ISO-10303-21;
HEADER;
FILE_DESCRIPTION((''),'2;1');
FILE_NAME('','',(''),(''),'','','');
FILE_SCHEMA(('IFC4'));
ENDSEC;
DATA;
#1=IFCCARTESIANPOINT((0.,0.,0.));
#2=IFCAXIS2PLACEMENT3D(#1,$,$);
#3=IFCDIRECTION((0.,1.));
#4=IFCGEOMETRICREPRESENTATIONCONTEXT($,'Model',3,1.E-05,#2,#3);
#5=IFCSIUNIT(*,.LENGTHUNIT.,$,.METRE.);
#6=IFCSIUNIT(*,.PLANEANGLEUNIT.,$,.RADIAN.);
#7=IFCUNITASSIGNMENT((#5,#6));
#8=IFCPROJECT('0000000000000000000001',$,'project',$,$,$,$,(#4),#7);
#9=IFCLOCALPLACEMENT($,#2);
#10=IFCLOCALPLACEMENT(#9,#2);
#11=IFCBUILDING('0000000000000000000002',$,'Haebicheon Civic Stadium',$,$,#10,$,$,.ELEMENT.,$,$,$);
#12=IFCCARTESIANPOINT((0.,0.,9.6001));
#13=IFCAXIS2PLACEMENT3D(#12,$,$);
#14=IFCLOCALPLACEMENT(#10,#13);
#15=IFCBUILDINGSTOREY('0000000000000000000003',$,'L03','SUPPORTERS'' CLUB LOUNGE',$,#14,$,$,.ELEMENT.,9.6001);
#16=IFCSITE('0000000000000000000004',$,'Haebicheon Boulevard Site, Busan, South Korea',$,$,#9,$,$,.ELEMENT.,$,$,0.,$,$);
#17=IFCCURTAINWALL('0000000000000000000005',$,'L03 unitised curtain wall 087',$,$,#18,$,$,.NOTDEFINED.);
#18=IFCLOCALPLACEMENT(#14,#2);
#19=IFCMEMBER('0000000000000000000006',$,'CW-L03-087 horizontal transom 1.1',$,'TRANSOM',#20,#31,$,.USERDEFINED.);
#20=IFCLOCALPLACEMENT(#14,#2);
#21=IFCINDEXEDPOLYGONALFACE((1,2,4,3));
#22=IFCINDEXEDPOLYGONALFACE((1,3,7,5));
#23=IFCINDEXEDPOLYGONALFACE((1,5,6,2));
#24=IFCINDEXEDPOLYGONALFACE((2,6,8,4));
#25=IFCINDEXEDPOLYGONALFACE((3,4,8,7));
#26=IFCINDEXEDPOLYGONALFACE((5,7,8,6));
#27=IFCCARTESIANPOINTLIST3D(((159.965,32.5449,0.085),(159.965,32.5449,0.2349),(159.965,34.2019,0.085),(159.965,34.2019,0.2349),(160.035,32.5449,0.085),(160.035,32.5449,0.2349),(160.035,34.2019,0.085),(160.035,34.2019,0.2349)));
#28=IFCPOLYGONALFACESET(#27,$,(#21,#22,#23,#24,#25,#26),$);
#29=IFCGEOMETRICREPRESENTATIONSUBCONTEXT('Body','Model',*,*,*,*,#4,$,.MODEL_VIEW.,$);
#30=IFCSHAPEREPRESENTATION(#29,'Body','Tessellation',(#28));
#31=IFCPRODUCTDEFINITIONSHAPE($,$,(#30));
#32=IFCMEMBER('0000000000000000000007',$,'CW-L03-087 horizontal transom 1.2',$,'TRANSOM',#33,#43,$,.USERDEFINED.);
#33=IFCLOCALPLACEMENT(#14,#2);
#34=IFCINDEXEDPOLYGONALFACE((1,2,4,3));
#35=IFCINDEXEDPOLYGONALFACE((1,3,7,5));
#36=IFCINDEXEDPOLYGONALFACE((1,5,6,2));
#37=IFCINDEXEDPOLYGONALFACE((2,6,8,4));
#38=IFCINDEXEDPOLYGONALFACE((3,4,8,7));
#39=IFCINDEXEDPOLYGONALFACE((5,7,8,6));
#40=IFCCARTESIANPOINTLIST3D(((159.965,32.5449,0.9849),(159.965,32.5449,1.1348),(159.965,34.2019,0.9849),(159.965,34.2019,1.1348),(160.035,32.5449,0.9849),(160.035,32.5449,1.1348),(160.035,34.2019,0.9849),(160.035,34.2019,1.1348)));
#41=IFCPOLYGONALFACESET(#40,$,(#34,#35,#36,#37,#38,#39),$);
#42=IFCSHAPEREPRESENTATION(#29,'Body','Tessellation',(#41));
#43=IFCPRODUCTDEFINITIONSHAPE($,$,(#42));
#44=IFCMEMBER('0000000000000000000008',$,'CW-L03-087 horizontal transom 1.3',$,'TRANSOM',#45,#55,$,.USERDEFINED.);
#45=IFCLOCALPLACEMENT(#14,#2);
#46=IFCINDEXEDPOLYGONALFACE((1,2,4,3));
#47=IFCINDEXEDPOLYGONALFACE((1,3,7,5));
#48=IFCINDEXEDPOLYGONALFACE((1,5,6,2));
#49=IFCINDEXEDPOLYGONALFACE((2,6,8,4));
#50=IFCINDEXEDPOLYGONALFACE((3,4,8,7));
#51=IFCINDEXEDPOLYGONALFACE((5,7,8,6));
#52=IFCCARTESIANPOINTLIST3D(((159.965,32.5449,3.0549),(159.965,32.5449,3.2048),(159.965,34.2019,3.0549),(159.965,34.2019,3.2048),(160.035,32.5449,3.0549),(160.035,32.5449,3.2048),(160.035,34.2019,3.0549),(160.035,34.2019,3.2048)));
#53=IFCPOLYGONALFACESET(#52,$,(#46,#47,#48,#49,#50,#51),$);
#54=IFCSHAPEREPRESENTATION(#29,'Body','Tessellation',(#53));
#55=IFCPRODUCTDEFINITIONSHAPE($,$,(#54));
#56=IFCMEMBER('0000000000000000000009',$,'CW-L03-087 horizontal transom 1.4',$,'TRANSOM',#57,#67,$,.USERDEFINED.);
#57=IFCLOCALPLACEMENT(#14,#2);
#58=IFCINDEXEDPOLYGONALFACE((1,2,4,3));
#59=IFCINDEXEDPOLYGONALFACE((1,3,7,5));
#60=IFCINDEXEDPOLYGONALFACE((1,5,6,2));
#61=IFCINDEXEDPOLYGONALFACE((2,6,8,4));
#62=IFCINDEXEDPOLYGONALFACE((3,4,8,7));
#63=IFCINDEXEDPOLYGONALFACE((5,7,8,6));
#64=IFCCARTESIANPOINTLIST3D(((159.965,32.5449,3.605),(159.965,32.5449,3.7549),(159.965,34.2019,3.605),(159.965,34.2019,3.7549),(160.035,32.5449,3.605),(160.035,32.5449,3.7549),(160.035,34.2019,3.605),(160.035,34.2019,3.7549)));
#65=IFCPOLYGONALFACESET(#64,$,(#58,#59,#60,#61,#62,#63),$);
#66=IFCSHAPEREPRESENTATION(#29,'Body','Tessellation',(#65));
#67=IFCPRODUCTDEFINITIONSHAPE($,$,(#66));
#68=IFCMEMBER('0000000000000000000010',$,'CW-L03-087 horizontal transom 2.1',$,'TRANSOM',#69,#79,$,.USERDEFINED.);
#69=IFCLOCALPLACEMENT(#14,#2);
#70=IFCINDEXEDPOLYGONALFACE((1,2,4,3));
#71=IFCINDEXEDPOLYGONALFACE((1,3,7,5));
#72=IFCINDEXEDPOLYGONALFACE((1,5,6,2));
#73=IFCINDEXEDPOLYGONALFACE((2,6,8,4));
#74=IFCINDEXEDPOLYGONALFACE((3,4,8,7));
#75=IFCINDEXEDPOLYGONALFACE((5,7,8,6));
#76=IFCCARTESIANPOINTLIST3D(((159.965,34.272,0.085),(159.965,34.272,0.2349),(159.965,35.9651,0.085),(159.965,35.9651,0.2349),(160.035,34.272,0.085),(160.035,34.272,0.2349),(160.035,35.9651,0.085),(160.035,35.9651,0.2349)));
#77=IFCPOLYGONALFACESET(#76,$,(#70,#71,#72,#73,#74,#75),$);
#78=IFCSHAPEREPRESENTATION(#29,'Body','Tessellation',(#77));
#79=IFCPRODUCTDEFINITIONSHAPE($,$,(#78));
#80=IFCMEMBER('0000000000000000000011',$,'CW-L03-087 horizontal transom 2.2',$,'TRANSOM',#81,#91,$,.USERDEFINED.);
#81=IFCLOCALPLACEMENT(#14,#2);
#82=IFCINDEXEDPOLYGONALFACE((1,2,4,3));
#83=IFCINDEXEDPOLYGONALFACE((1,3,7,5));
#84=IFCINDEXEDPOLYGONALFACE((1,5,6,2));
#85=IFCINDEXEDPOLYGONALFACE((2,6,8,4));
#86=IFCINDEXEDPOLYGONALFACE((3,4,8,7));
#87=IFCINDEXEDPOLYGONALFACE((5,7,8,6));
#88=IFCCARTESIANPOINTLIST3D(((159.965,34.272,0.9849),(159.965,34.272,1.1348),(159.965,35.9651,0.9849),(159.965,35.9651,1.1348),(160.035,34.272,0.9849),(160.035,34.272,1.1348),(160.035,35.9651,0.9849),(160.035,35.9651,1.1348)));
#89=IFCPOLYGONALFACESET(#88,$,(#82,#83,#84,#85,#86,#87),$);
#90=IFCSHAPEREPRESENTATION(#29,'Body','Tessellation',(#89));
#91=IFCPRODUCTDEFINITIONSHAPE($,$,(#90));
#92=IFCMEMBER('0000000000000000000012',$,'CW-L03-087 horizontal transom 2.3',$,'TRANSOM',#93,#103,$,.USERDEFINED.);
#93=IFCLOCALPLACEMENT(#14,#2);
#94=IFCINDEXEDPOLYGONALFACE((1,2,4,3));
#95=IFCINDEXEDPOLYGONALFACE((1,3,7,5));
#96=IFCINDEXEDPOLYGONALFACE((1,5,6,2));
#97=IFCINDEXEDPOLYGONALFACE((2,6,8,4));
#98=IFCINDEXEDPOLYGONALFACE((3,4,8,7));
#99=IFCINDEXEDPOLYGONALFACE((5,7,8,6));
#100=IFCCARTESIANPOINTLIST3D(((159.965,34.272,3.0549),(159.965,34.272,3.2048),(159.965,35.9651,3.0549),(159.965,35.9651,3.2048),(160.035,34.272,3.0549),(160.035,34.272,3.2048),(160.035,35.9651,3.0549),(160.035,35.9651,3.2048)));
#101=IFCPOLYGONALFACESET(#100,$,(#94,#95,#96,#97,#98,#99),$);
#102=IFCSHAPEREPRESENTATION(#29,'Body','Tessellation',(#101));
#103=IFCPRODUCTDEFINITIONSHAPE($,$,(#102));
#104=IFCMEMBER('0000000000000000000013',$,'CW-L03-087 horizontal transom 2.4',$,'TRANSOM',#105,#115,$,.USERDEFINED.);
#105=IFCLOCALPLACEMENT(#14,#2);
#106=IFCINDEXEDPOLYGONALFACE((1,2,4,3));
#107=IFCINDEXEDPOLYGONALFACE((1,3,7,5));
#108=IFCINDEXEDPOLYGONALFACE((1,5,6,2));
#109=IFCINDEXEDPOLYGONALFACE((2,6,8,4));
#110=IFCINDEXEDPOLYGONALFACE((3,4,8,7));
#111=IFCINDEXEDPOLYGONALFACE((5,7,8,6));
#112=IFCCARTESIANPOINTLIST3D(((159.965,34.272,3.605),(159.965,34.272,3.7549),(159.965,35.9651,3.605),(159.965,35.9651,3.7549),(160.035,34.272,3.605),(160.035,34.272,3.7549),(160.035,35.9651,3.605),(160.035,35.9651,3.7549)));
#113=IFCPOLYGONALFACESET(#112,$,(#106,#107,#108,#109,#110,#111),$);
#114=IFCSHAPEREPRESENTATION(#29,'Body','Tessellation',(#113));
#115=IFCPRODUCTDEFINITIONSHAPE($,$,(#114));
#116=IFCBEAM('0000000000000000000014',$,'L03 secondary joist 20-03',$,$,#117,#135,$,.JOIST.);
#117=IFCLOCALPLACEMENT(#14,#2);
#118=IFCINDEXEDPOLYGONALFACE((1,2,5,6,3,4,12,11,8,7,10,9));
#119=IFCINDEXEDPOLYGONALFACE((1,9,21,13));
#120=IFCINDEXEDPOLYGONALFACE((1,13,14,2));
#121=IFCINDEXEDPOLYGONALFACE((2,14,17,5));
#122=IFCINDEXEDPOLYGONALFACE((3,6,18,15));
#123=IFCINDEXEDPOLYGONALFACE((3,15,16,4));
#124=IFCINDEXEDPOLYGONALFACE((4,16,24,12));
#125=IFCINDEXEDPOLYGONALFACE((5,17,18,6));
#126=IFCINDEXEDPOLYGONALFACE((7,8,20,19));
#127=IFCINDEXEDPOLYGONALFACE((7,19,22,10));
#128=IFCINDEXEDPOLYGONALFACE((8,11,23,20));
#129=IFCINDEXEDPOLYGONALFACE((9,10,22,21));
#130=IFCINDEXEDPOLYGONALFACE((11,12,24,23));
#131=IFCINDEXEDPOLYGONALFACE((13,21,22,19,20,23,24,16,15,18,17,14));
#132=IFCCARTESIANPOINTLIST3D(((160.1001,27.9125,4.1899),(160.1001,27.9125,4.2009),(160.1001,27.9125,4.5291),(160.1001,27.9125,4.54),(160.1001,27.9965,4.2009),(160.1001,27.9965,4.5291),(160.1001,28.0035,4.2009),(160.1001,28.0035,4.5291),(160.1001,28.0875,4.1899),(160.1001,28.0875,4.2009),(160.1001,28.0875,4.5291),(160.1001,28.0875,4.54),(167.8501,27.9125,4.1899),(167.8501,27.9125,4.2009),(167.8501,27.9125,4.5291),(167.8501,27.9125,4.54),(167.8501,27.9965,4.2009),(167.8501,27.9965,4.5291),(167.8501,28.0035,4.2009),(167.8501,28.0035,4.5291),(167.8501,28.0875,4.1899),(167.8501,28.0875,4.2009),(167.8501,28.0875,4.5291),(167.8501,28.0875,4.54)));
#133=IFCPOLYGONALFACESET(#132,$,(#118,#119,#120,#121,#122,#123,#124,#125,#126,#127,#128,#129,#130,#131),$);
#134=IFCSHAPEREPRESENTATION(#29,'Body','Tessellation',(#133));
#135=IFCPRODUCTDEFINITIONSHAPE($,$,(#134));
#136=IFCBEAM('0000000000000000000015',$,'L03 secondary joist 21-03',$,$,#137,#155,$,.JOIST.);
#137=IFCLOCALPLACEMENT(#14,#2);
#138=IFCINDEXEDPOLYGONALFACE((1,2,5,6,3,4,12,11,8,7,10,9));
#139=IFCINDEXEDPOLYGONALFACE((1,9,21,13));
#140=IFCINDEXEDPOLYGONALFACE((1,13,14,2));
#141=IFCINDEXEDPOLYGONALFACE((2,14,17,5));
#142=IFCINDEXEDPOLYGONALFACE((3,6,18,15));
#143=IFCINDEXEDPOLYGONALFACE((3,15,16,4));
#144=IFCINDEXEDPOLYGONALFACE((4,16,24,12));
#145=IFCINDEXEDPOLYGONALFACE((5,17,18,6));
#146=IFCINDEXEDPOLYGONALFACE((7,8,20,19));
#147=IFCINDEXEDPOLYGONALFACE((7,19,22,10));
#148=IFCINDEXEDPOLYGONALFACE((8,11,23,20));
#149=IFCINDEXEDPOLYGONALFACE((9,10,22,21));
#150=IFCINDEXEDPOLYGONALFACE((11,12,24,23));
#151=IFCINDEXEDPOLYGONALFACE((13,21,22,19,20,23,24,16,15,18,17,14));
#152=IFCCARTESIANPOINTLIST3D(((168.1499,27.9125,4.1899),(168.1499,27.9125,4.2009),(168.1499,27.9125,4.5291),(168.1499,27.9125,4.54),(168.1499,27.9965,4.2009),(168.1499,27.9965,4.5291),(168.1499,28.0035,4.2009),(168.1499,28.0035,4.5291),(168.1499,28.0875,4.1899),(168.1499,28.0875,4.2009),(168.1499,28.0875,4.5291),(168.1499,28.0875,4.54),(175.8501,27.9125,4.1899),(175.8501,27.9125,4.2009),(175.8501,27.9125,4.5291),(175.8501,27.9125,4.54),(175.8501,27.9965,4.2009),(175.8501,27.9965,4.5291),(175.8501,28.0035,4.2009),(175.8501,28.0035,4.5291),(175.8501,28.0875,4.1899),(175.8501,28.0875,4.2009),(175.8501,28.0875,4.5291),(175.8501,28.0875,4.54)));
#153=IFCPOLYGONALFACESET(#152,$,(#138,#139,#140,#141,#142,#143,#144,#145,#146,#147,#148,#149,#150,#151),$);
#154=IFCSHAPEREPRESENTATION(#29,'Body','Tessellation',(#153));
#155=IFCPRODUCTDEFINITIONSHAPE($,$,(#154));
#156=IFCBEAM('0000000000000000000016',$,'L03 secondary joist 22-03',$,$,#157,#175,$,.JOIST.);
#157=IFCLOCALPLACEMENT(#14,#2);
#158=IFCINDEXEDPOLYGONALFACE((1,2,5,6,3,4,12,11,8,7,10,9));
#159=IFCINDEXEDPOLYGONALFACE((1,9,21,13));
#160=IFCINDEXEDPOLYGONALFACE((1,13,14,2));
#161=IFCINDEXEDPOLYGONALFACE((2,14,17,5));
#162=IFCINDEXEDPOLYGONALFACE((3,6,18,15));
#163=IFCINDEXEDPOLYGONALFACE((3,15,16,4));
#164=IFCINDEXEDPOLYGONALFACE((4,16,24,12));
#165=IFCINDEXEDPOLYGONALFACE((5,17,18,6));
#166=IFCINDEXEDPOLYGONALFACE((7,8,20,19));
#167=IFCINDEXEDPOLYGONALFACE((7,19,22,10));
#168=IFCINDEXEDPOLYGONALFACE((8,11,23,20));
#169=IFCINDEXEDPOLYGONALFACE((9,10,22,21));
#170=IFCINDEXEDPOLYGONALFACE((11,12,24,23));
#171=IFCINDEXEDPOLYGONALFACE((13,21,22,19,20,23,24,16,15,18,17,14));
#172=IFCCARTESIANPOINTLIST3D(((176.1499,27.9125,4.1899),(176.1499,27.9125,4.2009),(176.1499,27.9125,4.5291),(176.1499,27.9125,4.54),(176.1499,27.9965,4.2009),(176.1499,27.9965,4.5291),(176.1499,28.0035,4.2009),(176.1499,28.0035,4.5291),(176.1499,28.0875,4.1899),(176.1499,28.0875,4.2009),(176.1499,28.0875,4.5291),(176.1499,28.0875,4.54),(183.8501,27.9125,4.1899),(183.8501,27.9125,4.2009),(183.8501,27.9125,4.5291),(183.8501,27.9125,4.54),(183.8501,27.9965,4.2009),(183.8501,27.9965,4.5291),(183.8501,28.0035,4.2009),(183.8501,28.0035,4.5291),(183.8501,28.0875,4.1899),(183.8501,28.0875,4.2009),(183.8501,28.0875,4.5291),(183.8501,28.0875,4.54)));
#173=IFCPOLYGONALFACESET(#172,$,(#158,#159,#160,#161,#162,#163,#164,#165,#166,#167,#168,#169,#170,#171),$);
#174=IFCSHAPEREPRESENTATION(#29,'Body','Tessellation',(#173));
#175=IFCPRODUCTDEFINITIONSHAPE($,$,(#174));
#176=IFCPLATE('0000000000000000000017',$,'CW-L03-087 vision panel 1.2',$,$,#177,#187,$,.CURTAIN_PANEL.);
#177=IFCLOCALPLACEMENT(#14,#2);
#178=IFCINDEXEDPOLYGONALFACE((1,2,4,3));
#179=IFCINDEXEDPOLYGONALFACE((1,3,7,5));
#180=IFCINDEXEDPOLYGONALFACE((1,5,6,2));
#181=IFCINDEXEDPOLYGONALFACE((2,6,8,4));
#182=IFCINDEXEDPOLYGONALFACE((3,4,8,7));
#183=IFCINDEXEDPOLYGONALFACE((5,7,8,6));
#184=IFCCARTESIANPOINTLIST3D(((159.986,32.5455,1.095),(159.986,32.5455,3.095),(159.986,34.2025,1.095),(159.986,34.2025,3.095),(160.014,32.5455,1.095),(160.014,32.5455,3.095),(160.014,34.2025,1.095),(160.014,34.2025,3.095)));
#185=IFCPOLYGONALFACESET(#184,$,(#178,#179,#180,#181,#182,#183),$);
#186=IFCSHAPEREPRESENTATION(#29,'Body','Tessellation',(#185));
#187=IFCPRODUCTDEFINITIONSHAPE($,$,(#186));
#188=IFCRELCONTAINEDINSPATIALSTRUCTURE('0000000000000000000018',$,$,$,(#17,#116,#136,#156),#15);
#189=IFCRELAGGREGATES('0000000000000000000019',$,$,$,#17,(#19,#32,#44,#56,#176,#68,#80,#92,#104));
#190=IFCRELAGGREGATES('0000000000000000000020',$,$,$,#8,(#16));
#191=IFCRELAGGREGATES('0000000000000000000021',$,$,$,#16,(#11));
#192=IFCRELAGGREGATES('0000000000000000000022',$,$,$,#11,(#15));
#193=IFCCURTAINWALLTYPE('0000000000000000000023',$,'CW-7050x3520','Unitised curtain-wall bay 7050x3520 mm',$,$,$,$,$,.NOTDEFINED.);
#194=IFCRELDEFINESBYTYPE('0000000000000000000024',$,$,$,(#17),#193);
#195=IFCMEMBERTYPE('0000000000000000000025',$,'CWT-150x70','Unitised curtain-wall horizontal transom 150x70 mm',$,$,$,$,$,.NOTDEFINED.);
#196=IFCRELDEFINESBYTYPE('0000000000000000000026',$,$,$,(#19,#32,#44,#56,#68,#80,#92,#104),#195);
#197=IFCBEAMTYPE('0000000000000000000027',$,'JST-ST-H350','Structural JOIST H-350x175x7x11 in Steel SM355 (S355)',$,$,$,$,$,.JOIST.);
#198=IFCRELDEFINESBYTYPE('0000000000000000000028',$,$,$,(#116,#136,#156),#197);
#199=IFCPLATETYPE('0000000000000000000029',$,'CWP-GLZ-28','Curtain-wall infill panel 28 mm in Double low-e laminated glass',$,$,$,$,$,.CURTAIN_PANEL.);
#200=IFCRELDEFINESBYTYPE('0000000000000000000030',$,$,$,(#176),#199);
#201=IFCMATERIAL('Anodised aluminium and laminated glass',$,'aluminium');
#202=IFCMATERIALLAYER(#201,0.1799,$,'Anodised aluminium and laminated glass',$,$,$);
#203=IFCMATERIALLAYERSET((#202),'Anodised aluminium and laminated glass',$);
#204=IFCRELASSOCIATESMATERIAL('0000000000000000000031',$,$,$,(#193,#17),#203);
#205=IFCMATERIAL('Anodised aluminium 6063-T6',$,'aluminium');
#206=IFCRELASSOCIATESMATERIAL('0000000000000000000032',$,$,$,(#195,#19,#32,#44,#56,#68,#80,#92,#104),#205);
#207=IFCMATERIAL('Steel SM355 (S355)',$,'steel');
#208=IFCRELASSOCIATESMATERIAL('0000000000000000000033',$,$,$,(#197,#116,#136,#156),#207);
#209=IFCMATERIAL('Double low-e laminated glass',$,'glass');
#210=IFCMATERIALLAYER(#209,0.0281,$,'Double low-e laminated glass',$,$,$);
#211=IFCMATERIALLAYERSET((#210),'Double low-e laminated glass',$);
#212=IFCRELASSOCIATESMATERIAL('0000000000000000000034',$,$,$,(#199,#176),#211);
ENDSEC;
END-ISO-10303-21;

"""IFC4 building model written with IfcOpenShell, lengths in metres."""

from ifc_helpers import new_model, si_unit, direction, frame, origin, origin_2d, place, context, subcontext, project, spatial, rectangle, i_section, extrude, material, layer, layer_set, material_profile, profile_set, type_object, element, aggregate, save


model = new_model("IFC4")

# Units and contexts
model_context = context("Model", 3, precision=1e-05, world=origin(), true_north=direction((0.0, 1.0)))
body_context = subcontext(model_context, "Body", "Model", "MODEL_VIEW")
ifc_project = project(units=[si_unit("LENGTHUNIT", "METRE"), si_unit("PLANEANGLEUNIT", "RADIAN")], contexts=[model_context])

# Site, building, storey
site_placement = place(None, origin())
site = spatial("IfcSite", under=ifc_project, at=site_placement, Name="Haebicheon Boulevard Site, Busan, South Korea", CompositionType="ELEMENT", RefElevation=0.0)
building_placement = place(site_placement, origin())
building = spatial("IfcBuilding", under=site, at=building_placement, Name="Haebicheon Civic Stadium", CompositionType="ELEMENT")
storey_placement = place(building_placement, frame((0.0, 0.0, 9.6001)))
storey = spatial("IfcBuildingStorey", under=building, at=storey_placement, Name="L03", Description="SUPPORTERS' CLUB LOUNGE", CompositionType="ELEMENT", Elevation=9.6001)

# Curtain wall, members
ifc_material_1 = material(Name="Anodised aluminium and laminated glass", Category="aluminium")
ifc_layer_1 = layer(ifc_material_1, 0.1799, Name="Anodised aluminium and laminated glass")
ifc_layer_set_1 = layer_set([ifc_layer_1], Name="Anodised aluminium and laminated glass")
curtain_wall_type = type_object("IfcCurtainWallType", Name="CW-7050x3520", Description="Unitised curtain-wall bay 7050x3520 mm", PredefinedType="NOTDEFINED", material=ifc_layer_set_1)
curtain_wall_placement = place(storey_placement, origin())
curtain_wall = element("IfcCurtainWall", 1, at=curtain_wall_placement, inside=storey, type_object=curtain_wall_type, material=ifc_layer_set_1, Name="L03 unitised curtain wall 087", PredefinedType="NOTDEFINED")
ifc_material_2 = material(Name="Anodised aluminium 6063-T6", Category="aluminium")
ifc_material_profile_1 = material_profile(ifc_material_2, rectangle(XDim=0.0701, YDim=0.1499, at=origin_2d()), Name="ALU-TRAN-70x150")
ifc_profile_set_1 = profile_set([ifc_material_profile_1], Name="Anodised aluminium 6063-T6")
member_type_1 = type_object("IfcMemberType", Name="CWT-150x70", Description="Unitised curtain-wall horizontal transom 150x70 mm", PredefinedType="NOTDEFINED", material=ifc_profile_set_1)
member_1_placement = place(storey_placement, frame((160.0, 32.5449, 0.1599), z_axis=(0.0, 1.0, 0.0), x_axis=(-1.0, 0.0, 0.0)))
member_1 = element("IfcMember", 2, at=member_1_placement, type_object=member_type_1, material=ifc_profile_set_1, Name="CW-L03-087 horizontal transom 1.1", ObjectType="TRANSOM", PredefinedType="USERDEFINED", context=body_context, shape_type="SweptSolid", body=[
    extrude(rectangle(XDim=0.0701, YDim=0.1499, at=origin_2d()), origin(), (0.0, 0.0, 1.0), 1.657),
])
member_2_placement = place(storey_placement, frame((160.0, 32.5449, 1.0598), z_axis=(0.0, 1.0, 0.0), x_axis=(-1.0, 0.0, 0.0)))
member_2 = element("IfcMember", 3, at=member_2_placement, type_object=member_type_1, material=ifc_profile_set_1, Name="CW-L03-087 horizontal transom 1.2", ObjectType="TRANSOM", PredefinedType="USERDEFINED", context=body_context, shape_type="SweptSolid", body=[
    extrude(rectangle(XDim=0.0701, YDim=0.1499, at=origin_2d()), origin(), (0.0, 0.0, 1.0), 1.657),
])
member_3_placement = place(storey_placement, frame((160.0, 32.5449, 3.1299), z_axis=(0.0, 1.0, 0.0), x_axis=(-1.0, 0.0, 0.0)))
member_3 = element("IfcMember", 4, at=member_3_placement, type_object=member_type_1, material=ifc_profile_set_1, Name="CW-L03-087 horizontal transom 1.3", ObjectType="TRANSOM", PredefinedType="USERDEFINED", context=body_context, shape_type="SweptSolid", body=[
    extrude(rectangle(XDim=0.0701, YDim=0.1499, at=origin_2d()), origin(), (0.0, 0.0, 1.0), 1.657),
])
member_4_placement = place(storey_placement, frame((160.0, 32.5449, 3.6799), z_axis=(0.0, 1.0, 0.0), x_axis=(-1.0, 0.0, 0.0)))
member_4 = element("IfcMember", 5, at=member_4_placement, type_object=member_type_1, material=ifc_profile_set_1, Name="CW-L03-087 horizontal transom 1.4", ObjectType="TRANSOM", PredefinedType="USERDEFINED", context=body_context, shape_type="SweptSolid", body=[
    extrude(rectangle(XDim=0.0701, YDim=0.1499, at=origin_2d()), origin(), (0.0, 0.0, 1.0), 1.657),
])
member_5_placement = place(storey_placement, frame((160.0, 34.272, 0.1599), z_axis=(0.0, 1.0, 0.0), x_axis=(-1.0, 0.0, 0.0)))
member_5 = element("IfcMember", 6, at=member_5_placement, type_object=member_type_1, material=ifc_profile_set_1, Name="CW-L03-087 horizontal transom 2.1", ObjectType="TRANSOM", PredefinedType="USERDEFINED", context=body_context, shape_type="SweptSolid", body=[
    extrude(rectangle(XDim=0.0701, YDim=0.1499, at=origin_2d()), origin(), (0.0, 0.0, 1.0), 1.6931),
])
member_6_placement = place(storey_placement, frame((160.0, 34.272, 1.0598), z_axis=(0.0, 1.0, 0.0), x_axis=(-1.0, 0.0, 0.0)))
member_6 = element("IfcMember", 7, at=member_6_placement, type_object=member_type_1, material=ifc_profile_set_1, Name="CW-L03-087 horizontal transom 2.2", ObjectType="TRANSOM", PredefinedType="USERDEFINED", context=body_context, shape_type="SweptSolid", body=[
    extrude(rectangle(XDim=0.0701, YDim=0.1499, at=origin_2d()), origin(), (0.0, 0.0, 1.0), 1.6931),
])
member_7_placement = place(storey_placement, frame((160.0, 34.272, 3.1299), z_axis=(0.0, 1.0, 0.0), x_axis=(-1.0, 0.0, 0.0)))
member_7 = element("IfcMember", 8, at=member_7_placement, type_object=member_type_1, material=ifc_profile_set_1, Name="CW-L03-087 horizontal transom 2.3", ObjectType="TRANSOM", PredefinedType="USERDEFINED", context=body_context, shape_type="SweptSolid", body=[
    extrude(rectangle(XDim=0.0701, YDim=0.1499, at=origin_2d()), origin(), (0.0, 0.0, 1.0), 1.6931),
])
member_8_placement = place(storey_placement, frame((160.0, 34.272, 3.6799), z_axis=(0.0, 1.0, 0.0), x_axis=(-1.0, 0.0, 0.0)))
member_8 = element("IfcMember", 9, at=member_8_placement, type_object=member_type_1, material=ifc_profile_set_1, Name="CW-L03-087 horizontal transom 2.4", ObjectType="TRANSOM", PredefinedType="USERDEFINED", context=body_context, shape_type="SweptSolid", body=[
    extrude(rectangle(XDim=0.0701, YDim=0.1499, at=origin_2d()), origin(), (0.0, 0.0, 1.0), 1.6931),
])

# Beams
ifc_material_3 = material(Name="Steel SM355 (S355)", Category="steel")
ifc_material_profile_2 = material_profile(ifc_material_3, i_section(OverallWidth=0.175, OverallDepth=0.3501, WebThickness=0.0071, FlangeThickness=0.011, at=origin_2d()), Name="H-350x175x7x11")
ifc_profile_set_2 = profile_set([ifc_material_profile_2], Name="Steel SM355 (S355)")
beam_type_1 = type_object("IfcBeamType", Name="JST-ST-H350", Description="Structural JOIST H-350x175x7x11 in Steel SM355 (S355)", PredefinedType="JOIST", material=ifc_profile_set_2)
beam_1_placement = place(storey_placement, frame((160.1001, 28.0, 4.365), z_axis=(1.0, 0.0, 0.0), x_axis=(0.0, 1.0, 0.0)))
element("IfcBeam", 10, at=beam_1_placement, inside=storey, type_object=beam_type_1, material=ifc_profile_set_2, Name="L03 secondary joist 20-03", PredefinedType="JOIST", context=body_context, shape_type="SweptSolid", body=[
    extrude(i_section(OverallWidth=0.175, OverallDepth=0.3501, WebThickness=0.0071, FlangeThickness=0.011, at=origin_2d()), origin(), (0.0, 0.0, 1.0), 7.75),
])
for number, where, z_axis, x_axis, name in (
    (11, (168.1499, 28.0, 4.365), (1.0, 0.0, 0.0), (0.0, 1.0, 0.0), "L03 secondary joist 21-03"),
    (12, (176.1499, 28.0, 4.365), (1.0, 0.0, 0.0), (0.0, 1.0, 0.0), "L03 secondary joist 22-03"),
):
    element("IfcBeam", number, at=place(storey_placement, frame(where, z_axis=z_axis, x_axis=x_axis)), inside=storey, type_object=beam_type_1, material=ifc_profile_set_2, Name=name, PredefinedType="JOIST", context=body_context, shape_type="SweptSolid", body=[
        extrude(i_section(OverallWidth=0.175, OverallDepth=0.3501, WebThickness=0.0071, FlangeThickness=0.011, at=origin_2d()), origin(), (0.0, 0.0, 1.0), 7.7002),
    ])

# Plate
ifc_material_4 = material(Name="Double low-e laminated glass", Category="glass")
ifc_layer_2 = layer(ifc_material_4, 0.0281, Name="Double low-e laminated glass")
ifc_layer_set_2 = layer_set([ifc_layer_2], Name="Double low-e laminated glass")
plate_type_1 = type_object("IfcPlateType", Name="CWP-GLZ-28", Description="Curtain-wall infill panel 28 mm in Double low-e laminated glass", PredefinedType="CURTAIN_PANEL", material=ifc_layer_set_2)
plate_1_placement = place(storey_placement, frame((160.0, 33.374, 1.095), z_axis=(0.0, 0.0, 1.0), x_axis=(0.0, 1.0, 0.0)))
plate_1 = element("IfcPlate", 13, at=plate_1_placement, type_object=plate_type_1, material=ifc_layer_set_2, Name="CW-L03-087 vision panel 1.2", PredefinedType="CURTAIN_PANEL", context=body_context, shape_type="SweptSolid", body=[
    extrude(rectangle(XDim=1.657, YDim=0.0281, at=origin_2d()), origin(), (0.0, 0.0, 1.0), 2.0),
])
aggregate(curtain_wall, [member_1, member_2, member_3, member_4, plate_1, member_5, member_6, member_7, member_8])

save(model, "model.ifc")
